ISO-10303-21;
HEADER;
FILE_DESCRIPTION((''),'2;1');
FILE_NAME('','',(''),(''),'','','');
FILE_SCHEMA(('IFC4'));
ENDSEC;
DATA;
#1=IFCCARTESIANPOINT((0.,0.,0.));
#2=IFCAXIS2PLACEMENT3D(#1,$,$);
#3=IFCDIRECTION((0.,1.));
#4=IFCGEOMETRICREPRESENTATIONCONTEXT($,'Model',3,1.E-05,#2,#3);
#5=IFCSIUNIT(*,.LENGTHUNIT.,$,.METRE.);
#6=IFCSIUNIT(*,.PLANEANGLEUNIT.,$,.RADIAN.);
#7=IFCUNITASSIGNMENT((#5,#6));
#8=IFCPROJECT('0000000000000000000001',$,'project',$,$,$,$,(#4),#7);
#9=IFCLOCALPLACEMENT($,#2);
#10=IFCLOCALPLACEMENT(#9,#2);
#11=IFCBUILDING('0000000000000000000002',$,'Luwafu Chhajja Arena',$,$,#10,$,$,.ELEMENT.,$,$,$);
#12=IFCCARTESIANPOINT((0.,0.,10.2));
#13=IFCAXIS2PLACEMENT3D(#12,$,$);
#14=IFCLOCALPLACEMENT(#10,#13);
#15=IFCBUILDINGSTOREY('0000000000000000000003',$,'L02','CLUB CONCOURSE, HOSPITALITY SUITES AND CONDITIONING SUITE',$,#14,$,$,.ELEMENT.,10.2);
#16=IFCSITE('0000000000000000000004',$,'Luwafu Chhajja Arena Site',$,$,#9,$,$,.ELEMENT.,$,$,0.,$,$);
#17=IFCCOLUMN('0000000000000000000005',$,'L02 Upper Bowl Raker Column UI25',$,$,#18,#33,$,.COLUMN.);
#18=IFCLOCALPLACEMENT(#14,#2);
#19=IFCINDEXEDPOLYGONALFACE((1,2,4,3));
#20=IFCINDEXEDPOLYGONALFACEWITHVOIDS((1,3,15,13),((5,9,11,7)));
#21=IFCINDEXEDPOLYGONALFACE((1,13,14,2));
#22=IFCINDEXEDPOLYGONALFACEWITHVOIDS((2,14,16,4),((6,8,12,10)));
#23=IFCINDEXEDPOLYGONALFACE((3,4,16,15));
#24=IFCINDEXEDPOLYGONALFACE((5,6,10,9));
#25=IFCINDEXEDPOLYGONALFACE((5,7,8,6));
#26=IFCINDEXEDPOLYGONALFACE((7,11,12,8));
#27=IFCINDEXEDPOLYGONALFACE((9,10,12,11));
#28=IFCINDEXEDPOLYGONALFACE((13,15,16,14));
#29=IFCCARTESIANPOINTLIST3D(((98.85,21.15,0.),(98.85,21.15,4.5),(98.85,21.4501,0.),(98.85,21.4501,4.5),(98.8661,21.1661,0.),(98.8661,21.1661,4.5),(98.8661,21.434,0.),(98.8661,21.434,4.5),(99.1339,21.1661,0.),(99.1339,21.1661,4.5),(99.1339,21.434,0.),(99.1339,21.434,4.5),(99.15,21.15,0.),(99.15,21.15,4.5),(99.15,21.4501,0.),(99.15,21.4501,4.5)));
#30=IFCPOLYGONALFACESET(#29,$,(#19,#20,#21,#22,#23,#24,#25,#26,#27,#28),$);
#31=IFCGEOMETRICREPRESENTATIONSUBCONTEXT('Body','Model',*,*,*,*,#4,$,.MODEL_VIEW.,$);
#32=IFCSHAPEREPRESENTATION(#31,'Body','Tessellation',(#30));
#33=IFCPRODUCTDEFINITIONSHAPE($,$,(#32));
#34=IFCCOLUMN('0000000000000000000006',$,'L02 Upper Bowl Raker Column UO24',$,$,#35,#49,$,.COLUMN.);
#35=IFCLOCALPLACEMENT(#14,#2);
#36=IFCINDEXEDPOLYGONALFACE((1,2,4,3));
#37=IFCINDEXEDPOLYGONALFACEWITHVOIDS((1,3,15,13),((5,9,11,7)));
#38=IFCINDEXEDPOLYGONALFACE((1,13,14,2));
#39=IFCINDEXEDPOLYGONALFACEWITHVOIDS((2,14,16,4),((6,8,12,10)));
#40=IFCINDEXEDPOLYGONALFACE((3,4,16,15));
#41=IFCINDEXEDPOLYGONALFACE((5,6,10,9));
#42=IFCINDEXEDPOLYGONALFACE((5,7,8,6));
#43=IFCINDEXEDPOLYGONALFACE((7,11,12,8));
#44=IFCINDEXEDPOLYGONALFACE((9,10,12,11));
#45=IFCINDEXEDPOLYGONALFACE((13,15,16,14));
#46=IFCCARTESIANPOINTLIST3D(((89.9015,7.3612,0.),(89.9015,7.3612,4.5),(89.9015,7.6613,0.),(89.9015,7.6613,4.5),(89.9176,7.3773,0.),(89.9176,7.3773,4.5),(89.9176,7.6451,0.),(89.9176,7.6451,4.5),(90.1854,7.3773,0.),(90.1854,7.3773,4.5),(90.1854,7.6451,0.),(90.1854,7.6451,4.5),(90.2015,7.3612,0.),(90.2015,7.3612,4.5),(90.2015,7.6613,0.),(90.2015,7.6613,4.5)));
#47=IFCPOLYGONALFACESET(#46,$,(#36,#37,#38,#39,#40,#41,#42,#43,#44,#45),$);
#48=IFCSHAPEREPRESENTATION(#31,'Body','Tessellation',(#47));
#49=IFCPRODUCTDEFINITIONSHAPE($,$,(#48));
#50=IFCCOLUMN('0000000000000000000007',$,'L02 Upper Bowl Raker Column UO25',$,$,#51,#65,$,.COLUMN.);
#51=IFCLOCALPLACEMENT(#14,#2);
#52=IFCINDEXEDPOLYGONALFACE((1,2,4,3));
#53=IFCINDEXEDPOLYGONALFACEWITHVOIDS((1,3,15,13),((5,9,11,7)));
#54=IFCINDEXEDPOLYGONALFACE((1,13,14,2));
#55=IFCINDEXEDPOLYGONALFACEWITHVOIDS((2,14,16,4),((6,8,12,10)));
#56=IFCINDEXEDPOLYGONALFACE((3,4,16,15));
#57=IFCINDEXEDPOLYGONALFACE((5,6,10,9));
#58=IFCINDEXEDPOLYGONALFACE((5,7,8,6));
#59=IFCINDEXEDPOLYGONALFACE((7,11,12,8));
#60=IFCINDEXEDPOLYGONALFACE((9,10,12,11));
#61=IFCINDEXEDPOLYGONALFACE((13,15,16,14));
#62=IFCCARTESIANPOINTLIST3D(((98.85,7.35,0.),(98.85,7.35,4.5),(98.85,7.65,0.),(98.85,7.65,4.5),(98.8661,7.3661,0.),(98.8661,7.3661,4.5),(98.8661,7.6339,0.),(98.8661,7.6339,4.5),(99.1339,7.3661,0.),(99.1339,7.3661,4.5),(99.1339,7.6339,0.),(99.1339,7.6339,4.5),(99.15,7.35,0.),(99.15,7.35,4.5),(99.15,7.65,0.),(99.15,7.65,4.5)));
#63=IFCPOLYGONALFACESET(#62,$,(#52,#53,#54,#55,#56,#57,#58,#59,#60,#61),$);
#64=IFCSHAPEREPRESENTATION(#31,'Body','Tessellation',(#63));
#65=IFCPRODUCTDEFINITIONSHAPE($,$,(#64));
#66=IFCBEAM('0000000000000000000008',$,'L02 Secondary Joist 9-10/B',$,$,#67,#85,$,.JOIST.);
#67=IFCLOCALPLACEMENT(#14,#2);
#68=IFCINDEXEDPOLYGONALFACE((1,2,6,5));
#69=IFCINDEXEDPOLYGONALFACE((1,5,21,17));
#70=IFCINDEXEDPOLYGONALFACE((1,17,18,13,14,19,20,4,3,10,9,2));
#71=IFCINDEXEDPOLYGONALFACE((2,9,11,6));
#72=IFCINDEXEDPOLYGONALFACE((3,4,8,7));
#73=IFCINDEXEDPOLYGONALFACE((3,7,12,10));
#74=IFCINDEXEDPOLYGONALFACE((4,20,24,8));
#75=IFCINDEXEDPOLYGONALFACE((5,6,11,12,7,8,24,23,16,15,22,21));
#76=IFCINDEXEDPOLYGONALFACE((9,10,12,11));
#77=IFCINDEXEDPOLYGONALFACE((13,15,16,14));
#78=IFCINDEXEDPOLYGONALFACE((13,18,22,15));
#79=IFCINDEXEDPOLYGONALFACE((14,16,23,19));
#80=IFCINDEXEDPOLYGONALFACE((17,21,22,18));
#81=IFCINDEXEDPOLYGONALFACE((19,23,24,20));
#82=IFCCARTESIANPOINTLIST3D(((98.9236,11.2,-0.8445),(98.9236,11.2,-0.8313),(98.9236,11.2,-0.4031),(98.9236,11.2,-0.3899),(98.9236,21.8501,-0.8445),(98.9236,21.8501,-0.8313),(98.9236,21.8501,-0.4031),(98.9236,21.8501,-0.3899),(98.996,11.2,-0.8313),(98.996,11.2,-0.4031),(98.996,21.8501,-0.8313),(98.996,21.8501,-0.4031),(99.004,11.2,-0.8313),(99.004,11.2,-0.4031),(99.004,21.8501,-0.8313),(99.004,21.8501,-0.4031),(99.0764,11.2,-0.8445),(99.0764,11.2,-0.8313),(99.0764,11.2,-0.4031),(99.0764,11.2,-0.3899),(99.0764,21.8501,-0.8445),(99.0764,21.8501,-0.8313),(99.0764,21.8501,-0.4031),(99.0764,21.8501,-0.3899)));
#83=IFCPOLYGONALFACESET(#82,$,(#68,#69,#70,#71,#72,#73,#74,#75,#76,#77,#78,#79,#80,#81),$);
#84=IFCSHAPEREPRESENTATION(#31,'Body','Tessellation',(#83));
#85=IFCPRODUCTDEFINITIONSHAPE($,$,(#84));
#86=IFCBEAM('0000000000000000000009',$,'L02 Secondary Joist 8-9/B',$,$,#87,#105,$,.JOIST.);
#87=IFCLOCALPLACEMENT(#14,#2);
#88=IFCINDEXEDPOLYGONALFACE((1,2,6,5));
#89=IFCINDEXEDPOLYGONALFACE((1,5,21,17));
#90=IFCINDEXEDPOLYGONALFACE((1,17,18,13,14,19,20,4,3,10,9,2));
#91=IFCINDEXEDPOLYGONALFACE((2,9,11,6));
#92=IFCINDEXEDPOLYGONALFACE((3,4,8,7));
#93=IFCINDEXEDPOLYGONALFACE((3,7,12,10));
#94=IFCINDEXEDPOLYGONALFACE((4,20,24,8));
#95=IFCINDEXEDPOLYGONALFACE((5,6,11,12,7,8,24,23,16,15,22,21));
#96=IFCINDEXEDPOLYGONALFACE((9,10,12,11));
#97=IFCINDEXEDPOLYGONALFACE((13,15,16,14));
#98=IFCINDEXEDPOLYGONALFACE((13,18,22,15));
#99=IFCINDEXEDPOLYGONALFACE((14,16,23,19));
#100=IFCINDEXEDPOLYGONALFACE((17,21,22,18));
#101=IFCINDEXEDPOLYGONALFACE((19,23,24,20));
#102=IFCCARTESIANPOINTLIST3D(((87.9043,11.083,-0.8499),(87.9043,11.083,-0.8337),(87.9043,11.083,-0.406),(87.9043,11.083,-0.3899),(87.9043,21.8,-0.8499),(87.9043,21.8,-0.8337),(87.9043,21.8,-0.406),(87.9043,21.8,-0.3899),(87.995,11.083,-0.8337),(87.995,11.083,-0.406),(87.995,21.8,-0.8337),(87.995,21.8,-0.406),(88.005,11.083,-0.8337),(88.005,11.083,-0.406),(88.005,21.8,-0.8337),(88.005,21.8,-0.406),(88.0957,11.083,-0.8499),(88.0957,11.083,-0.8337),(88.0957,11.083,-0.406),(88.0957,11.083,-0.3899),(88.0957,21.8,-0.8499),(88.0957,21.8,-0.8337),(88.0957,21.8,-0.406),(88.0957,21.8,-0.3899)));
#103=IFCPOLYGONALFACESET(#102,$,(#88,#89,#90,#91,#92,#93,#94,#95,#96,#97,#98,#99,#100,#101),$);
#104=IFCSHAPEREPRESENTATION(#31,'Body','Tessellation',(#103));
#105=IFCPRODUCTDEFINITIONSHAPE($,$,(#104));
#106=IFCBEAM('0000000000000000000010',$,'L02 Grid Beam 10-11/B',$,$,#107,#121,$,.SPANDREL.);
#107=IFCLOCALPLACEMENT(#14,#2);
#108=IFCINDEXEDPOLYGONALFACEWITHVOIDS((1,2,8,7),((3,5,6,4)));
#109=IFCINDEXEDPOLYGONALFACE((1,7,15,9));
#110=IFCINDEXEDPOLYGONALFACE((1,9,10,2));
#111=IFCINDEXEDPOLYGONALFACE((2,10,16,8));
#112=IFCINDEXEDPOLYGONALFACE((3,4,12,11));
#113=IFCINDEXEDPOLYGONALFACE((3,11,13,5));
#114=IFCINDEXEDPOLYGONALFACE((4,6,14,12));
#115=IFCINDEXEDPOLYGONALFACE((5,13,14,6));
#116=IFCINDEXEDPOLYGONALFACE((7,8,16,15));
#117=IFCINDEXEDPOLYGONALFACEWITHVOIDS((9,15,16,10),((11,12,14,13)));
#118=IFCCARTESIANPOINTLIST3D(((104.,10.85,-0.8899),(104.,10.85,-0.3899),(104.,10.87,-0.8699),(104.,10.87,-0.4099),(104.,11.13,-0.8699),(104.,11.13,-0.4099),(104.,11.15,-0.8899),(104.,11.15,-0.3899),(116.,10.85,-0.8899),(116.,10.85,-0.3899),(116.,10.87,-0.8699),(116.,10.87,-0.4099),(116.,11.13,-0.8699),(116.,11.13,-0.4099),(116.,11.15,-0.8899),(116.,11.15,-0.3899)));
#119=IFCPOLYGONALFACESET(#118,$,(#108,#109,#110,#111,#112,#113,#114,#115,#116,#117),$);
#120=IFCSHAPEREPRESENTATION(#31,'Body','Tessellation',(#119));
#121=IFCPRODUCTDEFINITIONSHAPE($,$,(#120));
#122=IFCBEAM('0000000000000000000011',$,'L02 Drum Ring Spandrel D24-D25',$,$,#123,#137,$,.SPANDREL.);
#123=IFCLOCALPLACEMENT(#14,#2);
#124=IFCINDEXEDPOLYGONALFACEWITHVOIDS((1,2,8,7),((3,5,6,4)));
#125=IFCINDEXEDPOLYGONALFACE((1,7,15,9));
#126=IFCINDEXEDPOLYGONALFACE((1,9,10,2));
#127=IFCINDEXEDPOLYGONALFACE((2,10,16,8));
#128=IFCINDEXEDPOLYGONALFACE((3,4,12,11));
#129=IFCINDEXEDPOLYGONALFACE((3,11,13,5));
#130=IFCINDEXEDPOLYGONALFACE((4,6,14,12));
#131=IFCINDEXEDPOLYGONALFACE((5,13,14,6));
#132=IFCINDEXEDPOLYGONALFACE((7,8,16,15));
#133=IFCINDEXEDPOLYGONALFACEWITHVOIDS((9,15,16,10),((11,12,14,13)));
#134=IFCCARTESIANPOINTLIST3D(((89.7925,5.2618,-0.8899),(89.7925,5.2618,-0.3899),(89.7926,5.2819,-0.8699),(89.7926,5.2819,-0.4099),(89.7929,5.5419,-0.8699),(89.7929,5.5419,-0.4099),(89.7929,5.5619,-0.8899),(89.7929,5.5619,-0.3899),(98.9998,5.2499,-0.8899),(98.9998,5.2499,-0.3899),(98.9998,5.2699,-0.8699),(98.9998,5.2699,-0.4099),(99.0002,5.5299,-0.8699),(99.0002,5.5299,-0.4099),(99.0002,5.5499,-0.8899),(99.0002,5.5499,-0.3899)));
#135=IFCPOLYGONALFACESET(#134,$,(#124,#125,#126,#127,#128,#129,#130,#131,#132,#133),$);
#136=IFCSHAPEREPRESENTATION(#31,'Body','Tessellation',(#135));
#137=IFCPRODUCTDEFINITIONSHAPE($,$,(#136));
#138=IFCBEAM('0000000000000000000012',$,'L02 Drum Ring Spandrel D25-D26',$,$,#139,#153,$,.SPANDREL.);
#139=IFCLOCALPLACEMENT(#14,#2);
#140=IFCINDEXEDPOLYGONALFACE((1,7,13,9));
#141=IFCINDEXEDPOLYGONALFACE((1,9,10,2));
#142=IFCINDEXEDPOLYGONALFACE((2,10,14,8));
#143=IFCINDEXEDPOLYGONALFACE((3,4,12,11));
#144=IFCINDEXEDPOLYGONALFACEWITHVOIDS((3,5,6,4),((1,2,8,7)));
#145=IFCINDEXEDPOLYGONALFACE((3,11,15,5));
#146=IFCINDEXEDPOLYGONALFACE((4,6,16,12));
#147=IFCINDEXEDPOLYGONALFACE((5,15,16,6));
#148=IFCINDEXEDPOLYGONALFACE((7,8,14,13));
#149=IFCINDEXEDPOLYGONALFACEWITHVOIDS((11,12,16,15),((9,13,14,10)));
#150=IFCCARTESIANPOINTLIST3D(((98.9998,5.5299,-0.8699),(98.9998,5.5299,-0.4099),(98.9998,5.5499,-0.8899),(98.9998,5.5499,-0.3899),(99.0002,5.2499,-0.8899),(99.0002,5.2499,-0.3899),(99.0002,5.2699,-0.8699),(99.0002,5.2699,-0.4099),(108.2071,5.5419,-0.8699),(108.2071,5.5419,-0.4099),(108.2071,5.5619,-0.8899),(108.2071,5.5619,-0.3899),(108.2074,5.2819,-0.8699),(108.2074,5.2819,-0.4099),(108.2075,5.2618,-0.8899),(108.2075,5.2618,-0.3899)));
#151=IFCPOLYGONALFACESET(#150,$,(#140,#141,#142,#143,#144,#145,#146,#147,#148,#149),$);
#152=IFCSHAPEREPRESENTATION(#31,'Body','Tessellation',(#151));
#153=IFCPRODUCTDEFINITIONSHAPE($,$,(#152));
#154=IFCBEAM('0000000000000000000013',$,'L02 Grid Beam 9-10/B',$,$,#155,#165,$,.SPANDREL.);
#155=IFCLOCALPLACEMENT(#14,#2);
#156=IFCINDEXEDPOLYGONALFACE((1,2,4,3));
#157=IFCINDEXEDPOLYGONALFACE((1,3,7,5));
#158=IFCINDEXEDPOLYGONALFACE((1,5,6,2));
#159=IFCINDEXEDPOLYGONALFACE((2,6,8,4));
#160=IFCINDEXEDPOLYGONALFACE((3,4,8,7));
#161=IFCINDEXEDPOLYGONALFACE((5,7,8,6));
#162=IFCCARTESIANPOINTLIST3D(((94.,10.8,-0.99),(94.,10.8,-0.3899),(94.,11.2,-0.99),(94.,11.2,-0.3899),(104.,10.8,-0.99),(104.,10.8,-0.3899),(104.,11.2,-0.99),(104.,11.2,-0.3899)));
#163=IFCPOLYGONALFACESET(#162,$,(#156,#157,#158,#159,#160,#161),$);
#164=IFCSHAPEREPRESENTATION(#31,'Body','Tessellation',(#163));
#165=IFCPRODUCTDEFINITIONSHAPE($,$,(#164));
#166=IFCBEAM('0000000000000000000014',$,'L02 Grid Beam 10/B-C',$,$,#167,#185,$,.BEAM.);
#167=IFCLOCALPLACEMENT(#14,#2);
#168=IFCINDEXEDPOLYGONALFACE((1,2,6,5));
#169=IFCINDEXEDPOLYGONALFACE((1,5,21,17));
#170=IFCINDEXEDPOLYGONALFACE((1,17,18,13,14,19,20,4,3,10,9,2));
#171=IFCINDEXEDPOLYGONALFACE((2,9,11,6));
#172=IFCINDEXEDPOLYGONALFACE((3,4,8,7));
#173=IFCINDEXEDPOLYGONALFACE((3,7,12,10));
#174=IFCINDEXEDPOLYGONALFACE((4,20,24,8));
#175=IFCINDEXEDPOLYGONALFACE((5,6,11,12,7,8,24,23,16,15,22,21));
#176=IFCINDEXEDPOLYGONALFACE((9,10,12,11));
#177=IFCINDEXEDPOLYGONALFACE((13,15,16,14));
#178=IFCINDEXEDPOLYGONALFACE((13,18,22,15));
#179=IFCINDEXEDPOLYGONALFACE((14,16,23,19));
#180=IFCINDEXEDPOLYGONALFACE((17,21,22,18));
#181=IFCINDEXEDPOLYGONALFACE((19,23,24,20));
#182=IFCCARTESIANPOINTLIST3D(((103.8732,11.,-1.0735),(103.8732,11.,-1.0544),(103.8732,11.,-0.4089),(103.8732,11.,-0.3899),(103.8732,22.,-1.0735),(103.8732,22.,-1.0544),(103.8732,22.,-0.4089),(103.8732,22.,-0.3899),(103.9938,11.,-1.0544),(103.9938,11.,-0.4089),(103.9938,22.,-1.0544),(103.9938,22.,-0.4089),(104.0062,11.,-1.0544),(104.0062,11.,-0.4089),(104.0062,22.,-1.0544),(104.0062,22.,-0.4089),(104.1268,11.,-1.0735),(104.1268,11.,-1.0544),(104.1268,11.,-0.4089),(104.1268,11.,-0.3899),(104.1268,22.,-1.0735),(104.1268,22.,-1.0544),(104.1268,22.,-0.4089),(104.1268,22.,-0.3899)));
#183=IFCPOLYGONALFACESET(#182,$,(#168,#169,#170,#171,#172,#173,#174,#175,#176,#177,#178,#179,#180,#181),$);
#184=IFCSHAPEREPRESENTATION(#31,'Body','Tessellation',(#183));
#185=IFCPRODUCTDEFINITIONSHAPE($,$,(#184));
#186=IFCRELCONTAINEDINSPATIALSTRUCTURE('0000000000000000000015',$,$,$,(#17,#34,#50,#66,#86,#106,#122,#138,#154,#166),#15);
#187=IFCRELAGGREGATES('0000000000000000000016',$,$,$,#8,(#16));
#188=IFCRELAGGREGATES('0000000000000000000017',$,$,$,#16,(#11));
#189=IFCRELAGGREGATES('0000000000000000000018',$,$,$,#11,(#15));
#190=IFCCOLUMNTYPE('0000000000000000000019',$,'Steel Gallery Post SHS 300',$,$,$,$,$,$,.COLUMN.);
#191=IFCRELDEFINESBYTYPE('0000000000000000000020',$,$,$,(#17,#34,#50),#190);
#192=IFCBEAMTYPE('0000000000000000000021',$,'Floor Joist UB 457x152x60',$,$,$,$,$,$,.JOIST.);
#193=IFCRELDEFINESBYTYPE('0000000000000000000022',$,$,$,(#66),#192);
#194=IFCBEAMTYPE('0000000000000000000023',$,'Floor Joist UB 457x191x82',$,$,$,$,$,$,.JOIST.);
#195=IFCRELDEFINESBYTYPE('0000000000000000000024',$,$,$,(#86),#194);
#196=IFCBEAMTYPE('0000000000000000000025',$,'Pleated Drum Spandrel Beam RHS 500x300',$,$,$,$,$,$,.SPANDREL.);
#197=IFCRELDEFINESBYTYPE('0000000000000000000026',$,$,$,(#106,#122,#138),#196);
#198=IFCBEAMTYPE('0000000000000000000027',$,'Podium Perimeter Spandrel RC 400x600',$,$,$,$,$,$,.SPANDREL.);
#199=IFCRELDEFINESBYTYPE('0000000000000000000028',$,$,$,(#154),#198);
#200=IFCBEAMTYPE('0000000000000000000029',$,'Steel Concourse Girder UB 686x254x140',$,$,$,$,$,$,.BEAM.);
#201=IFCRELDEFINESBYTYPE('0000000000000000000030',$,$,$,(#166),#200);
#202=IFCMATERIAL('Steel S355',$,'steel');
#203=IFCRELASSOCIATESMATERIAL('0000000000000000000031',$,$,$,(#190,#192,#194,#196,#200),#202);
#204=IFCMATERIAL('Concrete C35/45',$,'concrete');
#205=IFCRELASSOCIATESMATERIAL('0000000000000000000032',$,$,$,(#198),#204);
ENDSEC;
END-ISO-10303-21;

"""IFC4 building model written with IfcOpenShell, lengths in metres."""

from ifc_helpers import new_model, si_unit, direction, frame, origin, origin_2d, place, context, subcontext, project, spatial, rectangle, hollow_rectangle, i_section, extrude, material, material_profile, profile_set, type_object, element, save


model = new_model("IFC4")

# Units and contexts
model_context = context("Model", 3, precision=1e-05, world=origin(), true_north=direction((0.0, 1.0)))
body_context = subcontext(model_context, "Body", "Model", "MODEL_VIEW")
ifc_project = project(units=[si_unit("LENGTHUNIT", "METRE"), si_unit("PLANEANGLEUNIT", "RADIAN")], contexts=[model_context])

# Site, building, storey
site_placement = place(None, origin())
site = spatial("IfcSite", under=ifc_project, at=site_placement, Name="Luwafu Chhajja Arena Site", CompositionType="ELEMENT", RefElevation=0.0)
building_placement = place(site_placement, origin())
building = spatial("IfcBuilding", under=site, at=building_placement, Name="Luwafu Chhajja Arena", CompositionType="ELEMENT")
storey_placement = place(building_placement, frame((0.0, 0.0, 10.2)))
storey = spatial("IfcBuildingStorey", under=building, at=storey_placement, Name="L02", Description="CLUB CONCOURSE, HOSPITALITY SUITES AND CONDITIONING SUITE", CompositionType="ELEMENT", Elevation=10.2)

# Columns
ifc_material_1 = material(Name="Concrete C35/45", Category="concrete")
ifc_material_2 = material(Name="Steel S355", Category="steel")
ifc_material_profile_1 = material_profile(ifc_material_2, hollow_rectangle(XDim=0.3, YDim=0.3, WallThickness=0.0161, at=origin_2d()), Name="SHS 300x300x16")
ifc_profile_set_1 = profile_set([ifc_material_profile_1], Name="Steel S355")
column_type_1 = type_object("IfcColumnType", Name="Steel Gallery Post SHS 300", PredefinedType="COLUMN", material=ifc_profile_set_1)
for number, where, z_axis, x_axis, name in (
    (1, (99.0, 21.3, 0.0), (0.0, 0.0, 1.0), (1.0, 0.0, 0.0), "L02 Upper Bowl Raker Column UI25"),
    (2, (90.0515, 7.5112, 0.0), (0.0, 0.0, 1.0), (1.0, 0.0, 0.0), "L02 Upper Bowl Raker Column UO24"),
    (3, (99.0, 7.5, 0.0), (0.0, 0.0, 1.0), (1.0, 0.0, 0.0), "L02 Upper Bowl Raker Column UO25"),
):
    element("IfcColumn", number, at=place(storey_placement, frame(where, z_axis=z_axis, x_axis=x_axis)), inside=storey, type_object=column_type_1, Name=name, PredefinedType="COLUMN", context=body_context, shape_type="SweptSolid", body=[
        extrude(hollow_rectangle(XDim=0.3, YDim=0.3, WallThickness=0.0161, at=origin_2d()), origin(), (0.0, 0.0, 1.0), 4.5),
    ])

# Beams
ifc_material_profile_2 = material_profile(ifc_material_2, i_section(OverallWidth=0.1528, OverallDepth=0.4546, WebThickness=0.0081, FlangeThickness=0.0132, at=origin_2d()), Name="UB 457x152x60")
ifc_profile_set_2 = profile_set([ifc_material_profile_2], Name="Steel S355")
beam_type_1 = type_object("IfcBeamType", Name="Floor Joist UB 457x152x60", PredefinedType="JOIST", material=ifc_profile_set_2)
beam_1_placement = place(storey_placement, frame((99.0, 11.2, -0.6172), z_axis=(0.0, 1.0, 0.0), x_axis=(-1.0, 0.0, 0.0)))
element("IfcBeam", 4, at=beam_1_placement, inside=storey, type_object=beam_type_1, Name="L02 Secondary Joist 9-10/B", PredefinedType="JOIST", context=body_context, shape_type="SweptSolid", body=[
    extrude(i_section(OverallWidth=0.1528, OverallDepth=0.4546, WebThickness=0.0081, FlangeThickness=0.0132, at=origin_2d()), origin(), (0.0, 0.0, 1.0), 10.6501),
])
ifc_material_profile_3 = material_profile(ifc_material_2, i_section(OverallWidth=0.1914, OverallDepth=0.46, WebThickness=0.01, FlangeThickness=0.0161, at=origin_2d()), Name="UB 457x191x82")
ifc_profile_set_3 = profile_set([ifc_material_profile_3], Name="Steel S355")
beam_type_2 = type_object("IfcBeamType", Name="Floor Joist UB 457x191x82", PredefinedType="JOIST", material=ifc_profile_set_3)
beam_2_placement = place(storey_placement, frame((88.0, 11.083, -0.6199), z_axis=(0.0, 1.0, 0.0), x_axis=(-1.0, 0.0, 0.0)))
element("IfcBeam", 5, at=beam_2_placement, inside=storey, type_object=beam_type_2, Name="L02 Secondary Joist 8-9/B", PredefinedType="JOIST", context=body_context, shape_type="SweptSolid", body=[
    extrude(i_section(OverallWidth=0.1914, OverallDepth=0.46, WebThickness=0.01, FlangeThickness=0.0161, at=origin_2d()), origin(), (0.0, 0.0, 1.0), 10.717),
])
ifc_material_profile_4 = material_profile(ifc_material_2, hollow_rectangle(XDim=0.3, YDim=0.5, WallThickness=0.02, at=origin_2d()), Name="RHS 500x300x20")
ifc_profile_set_4 = profile_set([ifc_material_profile_4], Name="Steel S355")
beam_type_3 = type_object("IfcBeamType", Name="Pleated Drum Spandrel Beam RHS 500x300", PredefinedType="SPANDREL", material=ifc_profile_set_4)
beam_3_placement = place(storey_placement, frame((104.0, 11.0, -0.6399), z_axis=(1.0, 0.0, 0.0), x_axis=(0.0, 1.0, 0.0)))
element("IfcBeam", 6, at=beam_3_placement, inside=storey, type_object=beam_type_3, Name="L02 Grid Beam 10-11/B", PredefinedType="SPANDREL", context=body_context, shape_type="SweptSolid", body=[
    extrude(hollow_rectangle(XDim=0.3, YDim=0.5, WallThickness=0.02, at=origin_2d()), origin(), (0.0, 0.0, 1.0), 12.0),
])
for number, where, z_axis, x_axis, name in (
    (7, (89.7927, 5.4119, -0.6399), (0.999999, -0.001299, 0.0), (0.001299, 0.999999, 0.0), "L02 Drum Ring Spandrel D24-D25"),
    (8, (99.0, 5.3999, -0.6399), (0.999999, 0.001299, 0.0), (-0.001299, 0.999999, 0.0), "L02 Drum Ring Spandrel D25-D26"),
):
    element("IfcBeam", number, at=place(storey_placement, frame(where, z_axis=z_axis, x_axis=x_axis)), inside=storey, type_object=beam_type_3, Name=name, PredefinedType="SPANDREL", context=body_context, shape_type="SweptSolid", body=[
        extrude(hollow_rectangle(XDim=0.3, YDim=0.5, WallThickness=0.02, at=origin_2d()), origin(), (0.0, 0.0, 1.0), 9.2073),
    ])
ifc_material_profile_5 = material_profile(ifc_material_1, rectangle(XDim=0.3999, YDim=0.6001, at=origin_2d()), Name="RC 400x600")
ifc_profile_set_5 = profile_set([ifc_material_profile_5], Name="Concrete C35/45")
beam_type_4 = type_object("IfcBeamType", Name="Podium Perimeter Spandrel RC 400x600", PredefinedType="SPANDREL", material=ifc_profile_set_5)
beam_4_placement = place(storey_placement, frame((94.0, 11.0, -0.6899), z_axis=(1.0, 0.0, 0.0), x_axis=(0.0, 1.0, 0.0)))
element("IfcBeam", 9, at=beam_4_placement, inside=storey, type_object=beam_type_4, Name="L02 Grid Beam 9-10/B", PredefinedType="SPANDREL", context=body_context, shape_type="SweptSolid", body=[
    extrude(rectangle(XDim=0.3999, YDim=0.6001, at=origin_2d()), origin(), (0.0, 0.0, 1.0), 10.0),
])
ifc_material_profile_6 = material_profile(ifc_material_2, i_section(OverallWidth=0.2537, OverallDepth=0.6836, WebThickness=0.0125, FlangeThickness=0.019, at=origin_2d()), Name="UB 686x254x140")
ifc_profile_set_6 = profile_set([ifc_material_profile_6], Name="Steel S355")
beam_type_5 = type_object("IfcBeamType", Name="Steel Concourse Girder UB 686x254x140", PredefinedType="BEAM", material=ifc_profile_set_6)
beam_5_placement = place(storey_placement, frame((104.0, 11.0, -0.7317), z_axis=(0.0, 1.0, 0.0), x_axis=(-1.0, 0.0, 0.0)))
element("IfcBeam", 10, at=beam_5_placement, inside=storey, type_object=beam_type_5, Name="L02 Grid Beam 10/B-C", PredefinedType="BEAM", context=body_context, shape_type="SweptSolid", body=[
    extrude(i_section(OverallWidth=0.2537, OverallDepth=0.6836, WebThickness=0.0125, FlangeThickness=0.019, at=origin_2d()), origin(), (0.0, 0.0, 1.0), 11.0),
])

save(model, "model.ifc")
